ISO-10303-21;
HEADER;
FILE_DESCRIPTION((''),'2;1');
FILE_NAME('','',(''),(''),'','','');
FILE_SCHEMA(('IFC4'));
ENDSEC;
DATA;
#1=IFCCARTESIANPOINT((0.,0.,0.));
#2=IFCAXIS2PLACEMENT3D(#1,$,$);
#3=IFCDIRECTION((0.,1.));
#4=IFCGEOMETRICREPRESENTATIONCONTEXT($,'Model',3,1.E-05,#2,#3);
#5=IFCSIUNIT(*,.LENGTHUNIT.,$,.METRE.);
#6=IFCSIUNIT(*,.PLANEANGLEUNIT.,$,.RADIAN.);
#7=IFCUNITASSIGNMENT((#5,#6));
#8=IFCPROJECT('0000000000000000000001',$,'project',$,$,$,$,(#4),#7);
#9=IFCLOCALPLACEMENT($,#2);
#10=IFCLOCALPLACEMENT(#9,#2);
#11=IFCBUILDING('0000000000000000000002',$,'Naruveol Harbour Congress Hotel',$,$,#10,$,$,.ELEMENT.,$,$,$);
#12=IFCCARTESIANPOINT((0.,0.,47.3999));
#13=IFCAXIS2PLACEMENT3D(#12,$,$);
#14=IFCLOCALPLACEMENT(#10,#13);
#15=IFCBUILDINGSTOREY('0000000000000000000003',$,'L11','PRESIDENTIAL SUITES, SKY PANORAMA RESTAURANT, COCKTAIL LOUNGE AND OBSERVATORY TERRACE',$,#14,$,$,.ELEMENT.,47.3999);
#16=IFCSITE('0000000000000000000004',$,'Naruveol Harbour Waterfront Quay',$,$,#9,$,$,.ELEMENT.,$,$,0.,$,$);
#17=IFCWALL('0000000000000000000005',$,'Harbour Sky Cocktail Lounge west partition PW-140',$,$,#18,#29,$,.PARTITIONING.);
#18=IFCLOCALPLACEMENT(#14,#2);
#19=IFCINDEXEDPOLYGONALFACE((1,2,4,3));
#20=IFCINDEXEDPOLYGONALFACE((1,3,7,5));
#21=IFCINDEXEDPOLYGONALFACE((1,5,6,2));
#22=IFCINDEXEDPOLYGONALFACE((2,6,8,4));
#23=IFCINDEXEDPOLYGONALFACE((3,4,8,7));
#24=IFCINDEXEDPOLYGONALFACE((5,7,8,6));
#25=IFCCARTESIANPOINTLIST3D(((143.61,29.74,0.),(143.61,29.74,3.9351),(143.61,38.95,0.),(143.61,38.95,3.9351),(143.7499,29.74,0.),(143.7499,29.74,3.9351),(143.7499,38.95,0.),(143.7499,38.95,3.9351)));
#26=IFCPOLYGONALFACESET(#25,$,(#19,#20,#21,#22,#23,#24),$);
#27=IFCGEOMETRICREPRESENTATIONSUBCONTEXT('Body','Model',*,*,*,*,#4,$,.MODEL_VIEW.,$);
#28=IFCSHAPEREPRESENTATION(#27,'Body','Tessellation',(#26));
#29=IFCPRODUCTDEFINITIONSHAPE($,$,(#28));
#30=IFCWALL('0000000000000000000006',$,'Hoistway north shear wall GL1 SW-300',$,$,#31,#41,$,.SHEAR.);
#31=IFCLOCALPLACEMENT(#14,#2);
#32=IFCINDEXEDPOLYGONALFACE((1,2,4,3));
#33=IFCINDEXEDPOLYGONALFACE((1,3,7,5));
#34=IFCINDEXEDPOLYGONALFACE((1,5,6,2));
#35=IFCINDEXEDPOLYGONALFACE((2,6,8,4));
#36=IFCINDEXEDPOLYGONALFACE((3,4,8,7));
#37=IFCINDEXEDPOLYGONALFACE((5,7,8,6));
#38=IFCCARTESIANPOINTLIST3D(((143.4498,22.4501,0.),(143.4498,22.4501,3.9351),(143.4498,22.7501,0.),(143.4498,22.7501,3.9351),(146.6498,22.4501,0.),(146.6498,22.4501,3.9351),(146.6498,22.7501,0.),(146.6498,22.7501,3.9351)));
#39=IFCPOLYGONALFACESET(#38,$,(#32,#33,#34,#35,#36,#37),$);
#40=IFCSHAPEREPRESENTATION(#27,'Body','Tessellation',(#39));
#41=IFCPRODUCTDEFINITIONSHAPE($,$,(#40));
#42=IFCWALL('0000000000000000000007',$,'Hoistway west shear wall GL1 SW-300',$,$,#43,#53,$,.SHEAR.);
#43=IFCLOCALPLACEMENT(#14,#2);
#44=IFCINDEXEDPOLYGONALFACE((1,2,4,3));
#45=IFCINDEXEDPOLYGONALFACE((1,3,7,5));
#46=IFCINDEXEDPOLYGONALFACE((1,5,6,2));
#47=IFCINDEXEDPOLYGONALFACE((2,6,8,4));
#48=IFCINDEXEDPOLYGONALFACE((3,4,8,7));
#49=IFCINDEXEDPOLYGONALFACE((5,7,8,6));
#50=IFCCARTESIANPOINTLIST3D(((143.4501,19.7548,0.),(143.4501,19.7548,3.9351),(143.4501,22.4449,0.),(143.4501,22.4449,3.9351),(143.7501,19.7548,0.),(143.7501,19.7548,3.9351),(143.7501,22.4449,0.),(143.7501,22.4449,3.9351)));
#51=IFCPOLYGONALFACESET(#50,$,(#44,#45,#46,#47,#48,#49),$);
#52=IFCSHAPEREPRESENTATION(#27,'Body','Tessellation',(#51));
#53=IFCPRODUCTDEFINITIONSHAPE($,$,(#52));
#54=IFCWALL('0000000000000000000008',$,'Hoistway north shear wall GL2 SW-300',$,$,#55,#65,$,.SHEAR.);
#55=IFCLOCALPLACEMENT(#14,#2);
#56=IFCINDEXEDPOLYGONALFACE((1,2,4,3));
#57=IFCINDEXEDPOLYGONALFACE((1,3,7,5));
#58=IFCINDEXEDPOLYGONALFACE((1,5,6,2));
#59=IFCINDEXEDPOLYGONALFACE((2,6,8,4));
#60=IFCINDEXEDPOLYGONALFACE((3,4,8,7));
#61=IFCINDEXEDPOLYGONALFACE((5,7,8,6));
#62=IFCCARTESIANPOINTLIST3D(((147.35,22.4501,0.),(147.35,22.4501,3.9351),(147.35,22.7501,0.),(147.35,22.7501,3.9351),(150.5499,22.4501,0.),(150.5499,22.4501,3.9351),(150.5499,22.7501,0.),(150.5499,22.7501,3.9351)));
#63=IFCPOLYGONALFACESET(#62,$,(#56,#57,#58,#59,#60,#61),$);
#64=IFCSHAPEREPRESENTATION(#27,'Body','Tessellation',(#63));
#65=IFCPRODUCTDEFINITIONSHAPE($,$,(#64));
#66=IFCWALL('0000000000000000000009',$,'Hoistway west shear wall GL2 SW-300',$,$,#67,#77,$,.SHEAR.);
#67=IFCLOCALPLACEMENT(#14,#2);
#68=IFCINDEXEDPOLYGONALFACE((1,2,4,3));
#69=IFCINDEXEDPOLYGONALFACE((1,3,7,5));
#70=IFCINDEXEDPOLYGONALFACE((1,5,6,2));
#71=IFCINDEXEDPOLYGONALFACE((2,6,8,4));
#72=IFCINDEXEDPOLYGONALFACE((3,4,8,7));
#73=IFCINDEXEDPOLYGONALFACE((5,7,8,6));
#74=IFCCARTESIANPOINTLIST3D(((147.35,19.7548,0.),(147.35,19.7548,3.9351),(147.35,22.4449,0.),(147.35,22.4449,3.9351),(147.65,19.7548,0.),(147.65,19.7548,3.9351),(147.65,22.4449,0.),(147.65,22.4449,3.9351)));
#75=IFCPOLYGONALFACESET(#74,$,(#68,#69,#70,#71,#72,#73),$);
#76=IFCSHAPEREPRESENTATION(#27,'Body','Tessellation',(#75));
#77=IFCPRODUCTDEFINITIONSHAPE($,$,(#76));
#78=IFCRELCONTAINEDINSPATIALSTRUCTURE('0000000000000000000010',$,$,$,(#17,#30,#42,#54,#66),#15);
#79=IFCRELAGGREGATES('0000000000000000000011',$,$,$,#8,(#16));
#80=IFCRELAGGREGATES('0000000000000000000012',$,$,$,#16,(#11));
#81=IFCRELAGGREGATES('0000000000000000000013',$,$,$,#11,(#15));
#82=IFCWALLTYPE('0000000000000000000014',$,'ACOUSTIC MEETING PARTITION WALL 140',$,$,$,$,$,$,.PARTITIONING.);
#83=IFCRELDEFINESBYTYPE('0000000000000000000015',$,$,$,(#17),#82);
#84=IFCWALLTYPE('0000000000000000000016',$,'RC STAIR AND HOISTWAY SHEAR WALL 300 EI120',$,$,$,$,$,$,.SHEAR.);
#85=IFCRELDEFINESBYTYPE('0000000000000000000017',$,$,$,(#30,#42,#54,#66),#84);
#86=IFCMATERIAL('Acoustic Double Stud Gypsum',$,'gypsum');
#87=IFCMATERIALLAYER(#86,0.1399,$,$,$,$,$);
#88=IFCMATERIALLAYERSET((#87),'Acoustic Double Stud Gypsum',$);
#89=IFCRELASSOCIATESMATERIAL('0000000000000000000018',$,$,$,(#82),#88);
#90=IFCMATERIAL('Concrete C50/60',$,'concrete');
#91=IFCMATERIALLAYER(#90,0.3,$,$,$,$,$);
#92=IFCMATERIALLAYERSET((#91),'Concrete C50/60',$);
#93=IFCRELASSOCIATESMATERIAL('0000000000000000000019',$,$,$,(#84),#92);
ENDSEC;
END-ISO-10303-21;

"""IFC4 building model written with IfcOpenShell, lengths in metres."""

from ifc_helpers import new_model, si_unit, direction, frame, frame_2d, origin, place, context, subcontext, project, spatial, rectangle, extrude, material, layer, layer_set, type_object, element, save


model = new_model("IFC4")

# Units and contexts
model_context = context("Model", 3, precision=1e-05, world=origin(), true_north=direction((0.0, 1.0)))
body_context = subcontext(model_context, "Body", "Model", "MODEL_VIEW")
ifc_project = project(units=[si_unit("LENGTHUNIT", "METRE"), si_unit("PLANEANGLEUNIT", "RADIAN")], contexts=[model_context])

# Site, building, storey
site_placement = place(None, origin())
site = spatial("IfcSite", under=ifc_project, at=site_placement, Name="Naruveol Harbour Waterfront Quay", CompositionType="ELEMENT", RefElevation=0.0)
building_placement = place(site_placement, origin())
building = spatial("IfcBuilding", under=site, at=building_placement, Name="Naruveol Harbour Congress Hotel", CompositionType="ELEMENT")
storey_placement = place(building_placement, frame((0.0, 0.0, 47.3999)))
storey = spatial("IfcBuildingStorey", under=building, at=storey_placement, Name="L11", Description="PRESIDENTIAL SUITES, SKY PANORAMA RESTAURANT, COCKTAIL LOUNGE AND OBSERVATORY TERRACE", CompositionType="ELEMENT", Elevation=47.3999)

# Shared definitions
ifc_material_1 = material(Name="Acoustic Double Stud Gypsum", Category="gypsum")
ifc_layer_1 = layer(ifc_material_1, 0.1399)
ifc_layer_set_1 = layer_set([ifc_layer_1], Name="Acoustic Double Stud Gypsum")
wall_type_1 = type_object("IfcWallType", Name="ACOUSTIC MEETING PARTITION WALL 140", PredefinedType="PARTITIONING", material=ifc_layer_set_1)

# Walls
wall_1_placement = place(storey_placement, frame((143.6799, 29.74, 0.0), z_axis=(0.0, 0.0, 1.0), x_axis=(0.0, 1.0, 0.0)))
element("IfcWall", 1, at=wall_1_placement, inside=storey, type_object=wall_type_1, Name="Harbour Sky Cocktail Lounge west partition PW-140", PredefinedType="PARTITIONING", context=body_context, shape_type="SweptSolid", body=[
    extrude(rectangle(XDim=9.21, YDim=0.1399, at=frame_2d((4.605, 0.0))), origin(), (0.0, 0.0, 1.0), 3.9351),
])
ifc_material_2 = material(Name="Concrete C50/60", Category="concrete")
ifc_layer_2 = layer(ifc_material_2, 0.3)
ifc_layer_set_2 = layer_set([ifc_layer_2], Name="Concrete C50/60")
wall_type_2 = type_object("IfcWallType", Name="RC STAIR AND HOISTWAY SHEAR WALL 300 EI120", PredefinedType="SHEAR", material=ifc_layer_set_2)
wall_2_placement = place(storey_placement, frame((146.6499, 22.6001, 0.0), z_axis=(0.0, 0.0, 1.0), x_axis=(-1.0, 0.0, 0.0)))
element("IfcWall", 2, at=wall_2_placement, inside=storey, type_object=wall_type_2, Name="Hoistway north shear wall GL1 SW-300", PredefinedType="SHEAR", context=body_context, shape_type="SweptSolid", body=[
    extrude(rectangle(XDim=3.2, YDim=0.3, at=frame_2d((1.6001, 0.0))), origin(), (0.0, 0.0, 1.0), 3.9351),
])
wall_3_placement = place(storey_placement, frame((143.6001, 22.4451, 0.0), z_axis=(0.0, 0.0, 1.0), x_axis=(0.0, -1.0, 0.0)))
element("IfcWall", 3, at=wall_3_placement, inside=storey, type_object=wall_type_2, Name="Hoistway west shear wall GL1 SW-300", PredefinedType="SHEAR", context=body_context, shape_type="SweptSolid", body=[
    extrude(rectangle(XDim=2.6902, YDim=0.3, at=frame_2d((1.3452, 0.0))), origin(), (0.0, 0.0, 1.0), 3.9351),
])
wall_4_placement = place(storey_placement, frame((150.55, 22.6001, 0.0), z_axis=(0.0, 0.0, 1.0), x_axis=(-1.0, 0.0, 0.0)))
element("IfcWall", 4, at=wall_4_placement, inside=storey, type_object=wall_type_2, Name="Hoistway north shear wall GL2 SW-300", PredefinedType="SHEAR", context=body_context, shape_type="SweptSolid", body=[
    extrude(rectangle(XDim=3.2, YDim=0.3, at=frame_2d((1.6001, 0.0))), origin(), (0.0, 0.0, 1.0), 3.9351),
])
wall_5_placement = place(storey_placement, frame((147.5, 22.4451, 0.0), z_axis=(0.0, 0.0, 1.0), x_axis=(0.0, -1.0, 0.0)))
element("IfcWall", 5, at=wall_5_placement, inside=storey, type_object=wall_type_2, Name="Hoistway west shear wall GL2 SW-300", PredefinedType="SHEAR", context=body_context, shape_type="SweptSolid", body=[
    extrude(rectangle(XDim=2.6902, YDim=0.3, at=frame_2d((1.3452, 0.0))), origin(), (0.0, 0.0, 1.0), 3.9351),
])

save(model, "model.ifc")
